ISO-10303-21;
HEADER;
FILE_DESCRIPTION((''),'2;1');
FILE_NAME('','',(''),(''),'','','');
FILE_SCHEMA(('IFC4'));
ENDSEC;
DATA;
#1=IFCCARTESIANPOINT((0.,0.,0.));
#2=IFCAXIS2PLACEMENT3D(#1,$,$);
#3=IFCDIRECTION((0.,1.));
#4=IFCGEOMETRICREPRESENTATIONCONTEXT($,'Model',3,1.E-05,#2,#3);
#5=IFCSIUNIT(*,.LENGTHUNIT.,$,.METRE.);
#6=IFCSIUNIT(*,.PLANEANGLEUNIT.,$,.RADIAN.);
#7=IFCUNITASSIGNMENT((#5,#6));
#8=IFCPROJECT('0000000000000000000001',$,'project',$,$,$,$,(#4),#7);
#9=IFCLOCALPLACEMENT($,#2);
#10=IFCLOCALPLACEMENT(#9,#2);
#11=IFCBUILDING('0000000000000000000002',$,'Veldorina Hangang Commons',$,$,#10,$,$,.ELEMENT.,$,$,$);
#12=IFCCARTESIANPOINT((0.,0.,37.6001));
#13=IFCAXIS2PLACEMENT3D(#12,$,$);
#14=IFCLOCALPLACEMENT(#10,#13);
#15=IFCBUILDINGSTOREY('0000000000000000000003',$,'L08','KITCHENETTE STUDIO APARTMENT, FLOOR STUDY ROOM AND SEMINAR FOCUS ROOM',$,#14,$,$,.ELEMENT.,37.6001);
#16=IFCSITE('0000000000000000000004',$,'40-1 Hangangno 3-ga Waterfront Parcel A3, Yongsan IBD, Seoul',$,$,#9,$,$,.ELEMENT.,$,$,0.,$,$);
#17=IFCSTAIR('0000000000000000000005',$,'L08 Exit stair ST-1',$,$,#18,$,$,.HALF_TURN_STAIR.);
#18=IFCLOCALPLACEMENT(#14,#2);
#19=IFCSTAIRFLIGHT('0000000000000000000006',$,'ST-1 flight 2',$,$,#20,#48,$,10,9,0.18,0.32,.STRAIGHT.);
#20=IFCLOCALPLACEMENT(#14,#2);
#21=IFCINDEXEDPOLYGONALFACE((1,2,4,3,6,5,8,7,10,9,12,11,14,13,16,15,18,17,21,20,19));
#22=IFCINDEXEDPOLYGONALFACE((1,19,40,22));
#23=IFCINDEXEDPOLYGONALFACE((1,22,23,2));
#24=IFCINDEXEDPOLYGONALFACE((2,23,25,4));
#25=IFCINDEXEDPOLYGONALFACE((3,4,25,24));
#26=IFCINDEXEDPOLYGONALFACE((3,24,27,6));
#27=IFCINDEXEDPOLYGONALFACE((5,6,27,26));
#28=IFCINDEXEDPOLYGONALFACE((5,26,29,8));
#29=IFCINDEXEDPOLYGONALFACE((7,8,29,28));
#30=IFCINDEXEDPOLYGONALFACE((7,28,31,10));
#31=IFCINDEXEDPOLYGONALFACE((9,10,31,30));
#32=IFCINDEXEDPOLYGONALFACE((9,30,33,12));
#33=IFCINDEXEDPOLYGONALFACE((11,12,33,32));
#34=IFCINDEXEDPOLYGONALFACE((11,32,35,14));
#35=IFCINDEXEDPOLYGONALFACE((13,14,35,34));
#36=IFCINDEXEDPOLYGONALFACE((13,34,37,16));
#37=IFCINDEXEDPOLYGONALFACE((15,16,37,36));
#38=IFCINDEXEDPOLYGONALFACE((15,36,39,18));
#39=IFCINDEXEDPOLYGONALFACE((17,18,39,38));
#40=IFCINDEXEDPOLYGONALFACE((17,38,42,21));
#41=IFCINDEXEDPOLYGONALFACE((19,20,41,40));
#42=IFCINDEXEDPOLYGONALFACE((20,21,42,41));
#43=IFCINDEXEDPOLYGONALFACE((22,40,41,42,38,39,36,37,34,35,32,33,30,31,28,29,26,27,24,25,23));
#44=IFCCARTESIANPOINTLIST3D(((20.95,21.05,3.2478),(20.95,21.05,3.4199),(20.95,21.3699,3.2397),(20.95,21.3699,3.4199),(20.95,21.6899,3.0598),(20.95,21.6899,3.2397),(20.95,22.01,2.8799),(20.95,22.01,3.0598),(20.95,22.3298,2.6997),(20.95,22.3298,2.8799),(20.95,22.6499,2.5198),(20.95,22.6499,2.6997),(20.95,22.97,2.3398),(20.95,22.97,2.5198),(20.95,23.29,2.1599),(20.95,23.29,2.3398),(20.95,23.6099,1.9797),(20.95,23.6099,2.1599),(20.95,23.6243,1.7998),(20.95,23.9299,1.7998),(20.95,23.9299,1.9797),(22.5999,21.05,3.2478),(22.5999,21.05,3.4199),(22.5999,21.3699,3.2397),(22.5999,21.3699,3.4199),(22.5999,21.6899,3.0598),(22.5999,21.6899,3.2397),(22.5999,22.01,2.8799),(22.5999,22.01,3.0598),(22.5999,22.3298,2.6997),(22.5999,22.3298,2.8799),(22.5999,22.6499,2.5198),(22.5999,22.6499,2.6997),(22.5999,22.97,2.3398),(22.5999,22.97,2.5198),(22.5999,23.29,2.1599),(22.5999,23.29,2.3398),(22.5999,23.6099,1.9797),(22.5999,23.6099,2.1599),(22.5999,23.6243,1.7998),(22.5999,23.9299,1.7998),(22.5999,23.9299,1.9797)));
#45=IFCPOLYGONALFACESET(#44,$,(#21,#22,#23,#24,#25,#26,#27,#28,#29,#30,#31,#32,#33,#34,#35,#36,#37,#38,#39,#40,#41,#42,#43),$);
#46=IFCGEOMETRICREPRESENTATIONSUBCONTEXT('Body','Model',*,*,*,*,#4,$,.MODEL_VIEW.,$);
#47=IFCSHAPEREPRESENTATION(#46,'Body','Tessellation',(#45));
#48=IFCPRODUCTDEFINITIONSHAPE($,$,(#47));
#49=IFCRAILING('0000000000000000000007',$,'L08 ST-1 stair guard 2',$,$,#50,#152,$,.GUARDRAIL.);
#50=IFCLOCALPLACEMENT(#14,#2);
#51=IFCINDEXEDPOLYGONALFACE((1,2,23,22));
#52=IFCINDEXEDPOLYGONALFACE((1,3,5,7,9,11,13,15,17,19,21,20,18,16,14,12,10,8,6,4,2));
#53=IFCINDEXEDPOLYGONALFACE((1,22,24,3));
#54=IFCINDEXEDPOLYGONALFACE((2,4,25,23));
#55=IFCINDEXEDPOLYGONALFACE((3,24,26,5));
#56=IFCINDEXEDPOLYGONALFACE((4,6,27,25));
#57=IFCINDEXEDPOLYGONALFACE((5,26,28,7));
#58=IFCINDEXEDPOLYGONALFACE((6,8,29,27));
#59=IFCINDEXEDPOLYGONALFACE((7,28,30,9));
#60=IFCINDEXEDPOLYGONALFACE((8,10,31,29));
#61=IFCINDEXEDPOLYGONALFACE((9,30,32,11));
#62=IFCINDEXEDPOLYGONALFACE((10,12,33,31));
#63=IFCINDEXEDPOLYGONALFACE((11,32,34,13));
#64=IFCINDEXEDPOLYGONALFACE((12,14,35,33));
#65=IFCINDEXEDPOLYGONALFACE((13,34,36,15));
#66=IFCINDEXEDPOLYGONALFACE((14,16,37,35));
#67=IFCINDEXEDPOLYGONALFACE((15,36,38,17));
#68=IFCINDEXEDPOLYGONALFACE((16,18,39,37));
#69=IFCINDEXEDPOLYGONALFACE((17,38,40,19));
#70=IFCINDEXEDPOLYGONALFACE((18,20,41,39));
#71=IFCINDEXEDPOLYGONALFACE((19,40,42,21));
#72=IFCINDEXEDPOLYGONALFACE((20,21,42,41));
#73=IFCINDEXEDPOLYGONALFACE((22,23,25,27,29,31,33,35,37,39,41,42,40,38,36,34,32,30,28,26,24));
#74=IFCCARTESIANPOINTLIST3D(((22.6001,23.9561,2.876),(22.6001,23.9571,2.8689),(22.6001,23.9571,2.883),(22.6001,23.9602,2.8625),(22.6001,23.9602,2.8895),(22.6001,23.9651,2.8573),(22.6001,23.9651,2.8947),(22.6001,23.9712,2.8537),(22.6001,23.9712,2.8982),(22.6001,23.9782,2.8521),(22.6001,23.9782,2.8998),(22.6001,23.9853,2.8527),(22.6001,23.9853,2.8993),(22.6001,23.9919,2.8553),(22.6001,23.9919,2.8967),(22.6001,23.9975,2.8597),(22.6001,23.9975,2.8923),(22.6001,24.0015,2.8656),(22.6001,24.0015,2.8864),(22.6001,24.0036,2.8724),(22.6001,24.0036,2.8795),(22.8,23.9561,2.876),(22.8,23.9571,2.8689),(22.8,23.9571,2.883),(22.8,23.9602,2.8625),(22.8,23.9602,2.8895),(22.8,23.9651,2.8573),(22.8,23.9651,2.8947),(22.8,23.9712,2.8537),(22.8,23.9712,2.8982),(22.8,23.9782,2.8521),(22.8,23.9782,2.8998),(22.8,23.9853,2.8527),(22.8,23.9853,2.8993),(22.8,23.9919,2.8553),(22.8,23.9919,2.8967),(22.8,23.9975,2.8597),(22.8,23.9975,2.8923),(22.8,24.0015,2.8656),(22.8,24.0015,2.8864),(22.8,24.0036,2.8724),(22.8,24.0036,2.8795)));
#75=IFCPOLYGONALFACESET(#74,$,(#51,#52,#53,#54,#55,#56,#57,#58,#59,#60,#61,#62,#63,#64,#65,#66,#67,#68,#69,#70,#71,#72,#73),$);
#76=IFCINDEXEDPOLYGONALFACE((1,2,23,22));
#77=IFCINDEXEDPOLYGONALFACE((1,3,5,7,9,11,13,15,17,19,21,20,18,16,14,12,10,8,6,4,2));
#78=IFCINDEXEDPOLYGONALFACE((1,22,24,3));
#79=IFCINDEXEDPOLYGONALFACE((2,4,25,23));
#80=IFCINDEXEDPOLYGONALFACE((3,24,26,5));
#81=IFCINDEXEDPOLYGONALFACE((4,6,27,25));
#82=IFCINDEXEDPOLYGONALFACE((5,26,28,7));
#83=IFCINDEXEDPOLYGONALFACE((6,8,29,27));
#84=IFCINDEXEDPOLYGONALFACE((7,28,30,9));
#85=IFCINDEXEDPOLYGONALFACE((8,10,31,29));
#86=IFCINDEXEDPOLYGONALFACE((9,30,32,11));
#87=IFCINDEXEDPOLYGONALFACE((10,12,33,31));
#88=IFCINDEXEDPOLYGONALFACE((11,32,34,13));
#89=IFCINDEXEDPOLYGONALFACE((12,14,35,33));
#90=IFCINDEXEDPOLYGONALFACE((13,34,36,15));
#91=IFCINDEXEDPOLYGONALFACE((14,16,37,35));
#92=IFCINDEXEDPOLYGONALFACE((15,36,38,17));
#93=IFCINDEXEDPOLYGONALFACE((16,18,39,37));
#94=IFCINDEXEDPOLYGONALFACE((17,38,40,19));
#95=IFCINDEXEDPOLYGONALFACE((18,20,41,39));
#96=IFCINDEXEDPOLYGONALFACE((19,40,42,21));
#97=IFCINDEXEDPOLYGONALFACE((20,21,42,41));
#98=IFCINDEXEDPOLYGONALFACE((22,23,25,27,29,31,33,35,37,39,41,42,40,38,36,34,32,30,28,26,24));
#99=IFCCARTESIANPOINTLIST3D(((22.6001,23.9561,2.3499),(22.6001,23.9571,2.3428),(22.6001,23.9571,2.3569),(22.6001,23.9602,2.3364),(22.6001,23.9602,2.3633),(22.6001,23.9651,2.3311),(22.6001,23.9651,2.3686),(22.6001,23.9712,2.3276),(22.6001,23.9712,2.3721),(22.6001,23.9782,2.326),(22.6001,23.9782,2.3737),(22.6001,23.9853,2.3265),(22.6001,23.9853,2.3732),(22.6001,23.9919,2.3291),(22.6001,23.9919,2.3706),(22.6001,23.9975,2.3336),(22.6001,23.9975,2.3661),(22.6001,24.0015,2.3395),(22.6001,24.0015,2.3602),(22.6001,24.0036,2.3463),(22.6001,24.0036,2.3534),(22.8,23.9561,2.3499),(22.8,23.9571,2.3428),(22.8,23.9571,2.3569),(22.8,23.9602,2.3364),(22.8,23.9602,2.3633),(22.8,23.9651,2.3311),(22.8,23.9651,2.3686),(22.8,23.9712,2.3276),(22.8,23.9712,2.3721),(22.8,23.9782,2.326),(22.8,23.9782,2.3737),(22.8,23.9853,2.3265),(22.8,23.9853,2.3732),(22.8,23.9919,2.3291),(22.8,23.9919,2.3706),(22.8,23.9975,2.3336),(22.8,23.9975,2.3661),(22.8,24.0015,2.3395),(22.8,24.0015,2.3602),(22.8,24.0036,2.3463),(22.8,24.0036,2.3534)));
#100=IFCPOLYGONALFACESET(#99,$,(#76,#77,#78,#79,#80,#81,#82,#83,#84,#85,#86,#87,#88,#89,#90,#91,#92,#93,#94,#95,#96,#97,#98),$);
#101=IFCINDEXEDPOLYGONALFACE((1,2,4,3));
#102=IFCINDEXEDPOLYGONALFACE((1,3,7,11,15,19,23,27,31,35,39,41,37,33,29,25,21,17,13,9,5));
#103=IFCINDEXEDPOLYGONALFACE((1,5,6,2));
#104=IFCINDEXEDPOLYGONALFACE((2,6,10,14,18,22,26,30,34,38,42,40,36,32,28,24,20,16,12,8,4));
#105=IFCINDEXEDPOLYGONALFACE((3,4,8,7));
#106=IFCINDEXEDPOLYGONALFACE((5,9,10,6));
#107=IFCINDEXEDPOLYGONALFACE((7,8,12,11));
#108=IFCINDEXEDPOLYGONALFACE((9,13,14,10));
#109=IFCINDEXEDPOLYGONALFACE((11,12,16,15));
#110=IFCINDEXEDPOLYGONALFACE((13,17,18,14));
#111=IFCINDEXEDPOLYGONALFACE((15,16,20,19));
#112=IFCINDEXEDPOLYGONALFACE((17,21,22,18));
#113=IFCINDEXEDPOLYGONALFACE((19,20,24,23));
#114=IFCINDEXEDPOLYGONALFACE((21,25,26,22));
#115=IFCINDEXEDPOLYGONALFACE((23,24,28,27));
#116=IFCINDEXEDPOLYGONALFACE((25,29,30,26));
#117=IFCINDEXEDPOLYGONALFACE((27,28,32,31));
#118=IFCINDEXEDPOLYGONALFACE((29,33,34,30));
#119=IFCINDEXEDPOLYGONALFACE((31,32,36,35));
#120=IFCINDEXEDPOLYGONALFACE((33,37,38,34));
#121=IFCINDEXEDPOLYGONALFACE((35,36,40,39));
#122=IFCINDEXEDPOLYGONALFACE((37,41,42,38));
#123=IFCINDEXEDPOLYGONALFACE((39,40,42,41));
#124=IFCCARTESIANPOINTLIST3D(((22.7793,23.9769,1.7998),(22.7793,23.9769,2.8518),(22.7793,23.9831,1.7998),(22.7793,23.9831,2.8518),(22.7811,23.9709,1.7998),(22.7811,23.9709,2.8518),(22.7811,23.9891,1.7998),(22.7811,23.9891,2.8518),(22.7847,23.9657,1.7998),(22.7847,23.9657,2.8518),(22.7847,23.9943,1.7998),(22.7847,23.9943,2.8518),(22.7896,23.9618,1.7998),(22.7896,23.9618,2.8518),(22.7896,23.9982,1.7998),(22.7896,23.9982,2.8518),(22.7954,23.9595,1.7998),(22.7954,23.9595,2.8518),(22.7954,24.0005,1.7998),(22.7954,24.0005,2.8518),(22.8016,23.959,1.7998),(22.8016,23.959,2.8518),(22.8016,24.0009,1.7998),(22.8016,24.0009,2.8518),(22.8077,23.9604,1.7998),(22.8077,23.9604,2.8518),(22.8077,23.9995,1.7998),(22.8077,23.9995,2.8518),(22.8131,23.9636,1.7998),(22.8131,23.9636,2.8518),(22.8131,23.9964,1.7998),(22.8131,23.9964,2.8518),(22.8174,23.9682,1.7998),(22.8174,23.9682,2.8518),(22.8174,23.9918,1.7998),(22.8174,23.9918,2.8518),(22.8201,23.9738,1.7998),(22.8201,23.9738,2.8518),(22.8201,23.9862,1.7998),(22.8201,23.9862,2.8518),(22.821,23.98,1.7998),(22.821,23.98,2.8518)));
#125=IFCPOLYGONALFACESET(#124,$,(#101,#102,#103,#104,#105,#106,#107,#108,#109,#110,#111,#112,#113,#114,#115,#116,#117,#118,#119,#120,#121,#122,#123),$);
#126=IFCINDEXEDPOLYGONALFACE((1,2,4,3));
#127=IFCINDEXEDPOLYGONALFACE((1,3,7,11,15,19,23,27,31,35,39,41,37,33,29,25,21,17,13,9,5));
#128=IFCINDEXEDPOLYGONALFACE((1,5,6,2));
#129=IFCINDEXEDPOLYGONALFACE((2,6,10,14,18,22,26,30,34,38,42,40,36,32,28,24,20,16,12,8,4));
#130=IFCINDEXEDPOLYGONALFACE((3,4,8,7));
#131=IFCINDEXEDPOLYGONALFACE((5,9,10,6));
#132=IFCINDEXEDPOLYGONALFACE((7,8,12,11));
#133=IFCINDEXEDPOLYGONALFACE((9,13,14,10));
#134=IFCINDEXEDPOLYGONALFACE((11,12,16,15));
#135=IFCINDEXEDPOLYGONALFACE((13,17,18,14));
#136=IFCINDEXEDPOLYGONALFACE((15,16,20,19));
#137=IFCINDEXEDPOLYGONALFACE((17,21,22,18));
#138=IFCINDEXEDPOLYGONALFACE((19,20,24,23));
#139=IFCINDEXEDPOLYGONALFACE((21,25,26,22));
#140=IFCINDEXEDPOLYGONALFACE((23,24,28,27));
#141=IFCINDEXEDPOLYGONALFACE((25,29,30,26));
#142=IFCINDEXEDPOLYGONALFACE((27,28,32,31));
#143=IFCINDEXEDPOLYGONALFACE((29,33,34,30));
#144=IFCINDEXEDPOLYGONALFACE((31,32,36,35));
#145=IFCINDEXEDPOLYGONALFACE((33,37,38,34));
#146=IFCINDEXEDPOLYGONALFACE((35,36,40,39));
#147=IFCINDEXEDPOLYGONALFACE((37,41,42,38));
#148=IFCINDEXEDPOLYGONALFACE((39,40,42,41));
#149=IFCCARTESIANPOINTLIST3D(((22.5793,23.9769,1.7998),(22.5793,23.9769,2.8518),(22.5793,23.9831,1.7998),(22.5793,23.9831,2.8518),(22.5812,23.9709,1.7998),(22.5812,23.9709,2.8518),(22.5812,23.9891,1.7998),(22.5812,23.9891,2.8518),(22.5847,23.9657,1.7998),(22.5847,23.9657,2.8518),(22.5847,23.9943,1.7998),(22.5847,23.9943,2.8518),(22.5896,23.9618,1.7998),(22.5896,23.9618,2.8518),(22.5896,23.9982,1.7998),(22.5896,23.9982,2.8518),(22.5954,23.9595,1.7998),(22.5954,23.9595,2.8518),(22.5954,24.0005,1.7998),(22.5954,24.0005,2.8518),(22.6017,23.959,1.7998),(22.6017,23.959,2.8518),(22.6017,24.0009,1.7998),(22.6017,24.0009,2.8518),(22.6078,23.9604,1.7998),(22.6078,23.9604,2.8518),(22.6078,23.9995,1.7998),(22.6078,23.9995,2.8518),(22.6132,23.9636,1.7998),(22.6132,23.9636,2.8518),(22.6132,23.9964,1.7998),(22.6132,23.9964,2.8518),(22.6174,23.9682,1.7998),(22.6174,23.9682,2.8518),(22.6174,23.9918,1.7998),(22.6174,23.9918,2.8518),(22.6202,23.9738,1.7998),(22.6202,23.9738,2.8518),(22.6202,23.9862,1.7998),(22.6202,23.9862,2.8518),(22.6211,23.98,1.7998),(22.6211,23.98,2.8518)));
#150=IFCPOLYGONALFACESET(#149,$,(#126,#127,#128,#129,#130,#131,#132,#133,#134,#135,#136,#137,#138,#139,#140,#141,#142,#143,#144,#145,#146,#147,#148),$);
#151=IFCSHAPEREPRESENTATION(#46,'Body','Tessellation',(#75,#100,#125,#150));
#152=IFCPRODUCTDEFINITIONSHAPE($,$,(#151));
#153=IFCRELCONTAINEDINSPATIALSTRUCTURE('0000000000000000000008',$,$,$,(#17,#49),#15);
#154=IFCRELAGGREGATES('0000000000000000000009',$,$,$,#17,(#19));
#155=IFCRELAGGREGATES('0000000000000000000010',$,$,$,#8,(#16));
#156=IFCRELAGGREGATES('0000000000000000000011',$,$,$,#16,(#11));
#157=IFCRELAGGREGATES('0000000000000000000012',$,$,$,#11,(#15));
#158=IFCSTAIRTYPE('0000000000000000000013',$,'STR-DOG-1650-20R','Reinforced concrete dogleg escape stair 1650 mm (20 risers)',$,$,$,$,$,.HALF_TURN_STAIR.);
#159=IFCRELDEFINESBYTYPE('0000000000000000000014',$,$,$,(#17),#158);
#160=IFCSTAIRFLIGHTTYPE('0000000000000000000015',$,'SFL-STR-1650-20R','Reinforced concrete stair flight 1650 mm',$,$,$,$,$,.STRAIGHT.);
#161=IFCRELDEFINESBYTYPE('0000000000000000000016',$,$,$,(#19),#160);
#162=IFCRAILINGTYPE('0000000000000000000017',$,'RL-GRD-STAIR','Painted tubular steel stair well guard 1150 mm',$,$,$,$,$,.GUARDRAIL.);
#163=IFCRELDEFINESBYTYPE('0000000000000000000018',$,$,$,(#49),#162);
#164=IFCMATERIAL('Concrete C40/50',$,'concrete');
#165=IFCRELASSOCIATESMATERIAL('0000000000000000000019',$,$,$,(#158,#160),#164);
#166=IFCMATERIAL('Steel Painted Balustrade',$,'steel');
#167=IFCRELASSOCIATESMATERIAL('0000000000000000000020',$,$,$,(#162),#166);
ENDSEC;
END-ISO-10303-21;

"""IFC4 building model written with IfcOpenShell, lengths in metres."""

from ifc_helpers import new_model, si_unit, direction, frame, origin, origin_2d, place, context, subcontext, project, spatial, polyline, circle, outline, extrude, material, type_object, element, aggregate, save


model = new_model("IFC4")

# Units and contexts
model_context = context("Model", 3, precision=1e-05, world=origin(), true_north=direction((0.0, 1.0)))
body_context = subcontext(model_context, "Body", "Model", "MODEL_VIEW")
ifc_project = project(units=[si_unit("LENGTHUNIT", "METRE"), si_unit("PLANEANGLEUNIT", "RADIAN")], contexts=[model_context])

# Site, building, storey
site_placement = place(None, origin())
site = spatial("IfcSite", under=ifc_project, at=site_placement, Name="40-1 Hangangno 3-ga Waterfront Parcel A3, Yongsan IBD, Seoul", CompositionType="ELEMENT", RefElevation=0.0)
building_placement = place(site_placement, origin())
building = spatial("IfcBuilding", under=site, at=building_placement, Name="Veldorina Hangang Commons", CompositionType="ELEMENT")
storey_placement = place(building_placement, frame((0.0, 0.0, 37.6001)))
storey = spatial("IfcBuildingStorey", under=building, at=storey_placement, Name="L08", Description="KITCHENETTE STUDIO APARTMENT, FLOOR STUDY ROOM AND SEMINAR FOCUS ROOM", CompositionType="ELEMENT", Elevation=37.6001)

# Stair, stair flight
ifc_material_1 = material(Name="Concrete C40/50", Category="concrete")
stair_type = type_object("IfcStairType", Name="STR-DOG-1650-20R", Description="Reinforced concrete dogleg escape stair 1650 mm (20 risers)", PredefinedType="HALF_TURN_STAIR", material=ifc_material_1)
stair_placement = place(storey_placement, origin())
stair = element("IfcStair", 1, at=stair_placement, inside=storey, type_object=stair_type, Name="L08 Exit stair ST-1", PredefinedType="HALF_TURN_STAIR")
stair_flight_type = type_object("IfcStairFlightType", Name="SFL-STR-1650-20R", Description="Reinforced concrete stair flight 1650 mm", PredefinedType="STRAIGHT", material=ifc_material_1)
stair_flight_placement = place(storey_placement, frame((21.7749, 23.9299, 1.7998), z_axis=(0.0, 0.0, 1.0), x_axis=(0.0, -1.0, 0.0)))
stair_flight = element("IfcStairFlight", 2, at=stair_flight_placement, type_object=stair_flight_type, Name="ST-1 flight 2", NumberOfRisers=10, NumberOfTreads=9, PredefinedType="STRAIGHT", RiserHeight=0.18, TreadLength=0.32, context=body_context, shape_type="SweptSolid", body=[
    extrude(outline(polyline([(0.0, 0.0), (0.0, 0.1799), (0.3201, 0.1799), (0.3201, 0.3601), (0.6399, 0.3601), (0.6399, 0.54), (0.96, 0.54), (0.96, 0.72), (1.28, 0.72), (1.28, 0.8999), (1.6001, 0.8999), (1.6001, 1.0801), (1.9199, 1.0801), (1.9199, 1.26), (2.24, 1.26), (2.24, 1.4399), (2.5601, 1.4399), (2.5601, 1.6201), (2.8799, 1.6201), (2.8799, 1.8), (2.8799, 1.448), (0.3057, 0.0), (0.0, 0.0)])), frame((0.0, 0.825, 0.0), z_axis=(0.0, -1.0, 0.0), x_axis=(1.0, 0.0, 0.0)), (0.0, 0.0, 1.0), 1.6499),
])
aggregate(stair, [stair_flight])

# Railing
ifc_material_2 = material(Name="Steel Painted Balustrade", Category="steel")
railing_type_1 = type_object("IfcRailingType", Name="RL-GRD-STAIR", Description="Painted tubular steel stair well guard 1150 mm", PredefinedType="GUARDRAIL", material=ifc_material_2)
railing_1_placement = place(storey_placement, frame((22.8, 23.98, 1.7998)))
element("IfcRailing", 3, at=railing_1_placement, inside=storey, type_object=railing_type_1, Name="L08 ST-1 stair guard 2", PredefinedType="GUARDRAIL", context=body_context, shape_type="SweptSolid", body=[
    extrude(circle(Radius=0.0239, at=origin_2d()), frame((0.0, 0.0, 1.0762), z_axis=(-1.0, 0.0, 0.0), x_axis=(0.0, -1.0, 0.0)), (0.0, 0.0, 1.0), 0.2),
    extrude(circle(Radius=0.0239, at=origin_2d()), frame((0.0, 0.0, 0.55), z_axis=(-1.0, 0.0, 0.0), x_axis=(0.0, -1.0, 0.0)), (0.0, 0.0, 1.0), 0.2),
    extrude(circle(Radius=0.021, at=origin_2d()), origin(), (0.0, 0.0, 1.0), 1.052),
    extrude(circle(Radius=0.021, at=origin_2d()), frame((-0.2, 0.0, 0.0)), (0.0, 0.0, 1.0), 1.052),
])

save(model, "model.ifc")
